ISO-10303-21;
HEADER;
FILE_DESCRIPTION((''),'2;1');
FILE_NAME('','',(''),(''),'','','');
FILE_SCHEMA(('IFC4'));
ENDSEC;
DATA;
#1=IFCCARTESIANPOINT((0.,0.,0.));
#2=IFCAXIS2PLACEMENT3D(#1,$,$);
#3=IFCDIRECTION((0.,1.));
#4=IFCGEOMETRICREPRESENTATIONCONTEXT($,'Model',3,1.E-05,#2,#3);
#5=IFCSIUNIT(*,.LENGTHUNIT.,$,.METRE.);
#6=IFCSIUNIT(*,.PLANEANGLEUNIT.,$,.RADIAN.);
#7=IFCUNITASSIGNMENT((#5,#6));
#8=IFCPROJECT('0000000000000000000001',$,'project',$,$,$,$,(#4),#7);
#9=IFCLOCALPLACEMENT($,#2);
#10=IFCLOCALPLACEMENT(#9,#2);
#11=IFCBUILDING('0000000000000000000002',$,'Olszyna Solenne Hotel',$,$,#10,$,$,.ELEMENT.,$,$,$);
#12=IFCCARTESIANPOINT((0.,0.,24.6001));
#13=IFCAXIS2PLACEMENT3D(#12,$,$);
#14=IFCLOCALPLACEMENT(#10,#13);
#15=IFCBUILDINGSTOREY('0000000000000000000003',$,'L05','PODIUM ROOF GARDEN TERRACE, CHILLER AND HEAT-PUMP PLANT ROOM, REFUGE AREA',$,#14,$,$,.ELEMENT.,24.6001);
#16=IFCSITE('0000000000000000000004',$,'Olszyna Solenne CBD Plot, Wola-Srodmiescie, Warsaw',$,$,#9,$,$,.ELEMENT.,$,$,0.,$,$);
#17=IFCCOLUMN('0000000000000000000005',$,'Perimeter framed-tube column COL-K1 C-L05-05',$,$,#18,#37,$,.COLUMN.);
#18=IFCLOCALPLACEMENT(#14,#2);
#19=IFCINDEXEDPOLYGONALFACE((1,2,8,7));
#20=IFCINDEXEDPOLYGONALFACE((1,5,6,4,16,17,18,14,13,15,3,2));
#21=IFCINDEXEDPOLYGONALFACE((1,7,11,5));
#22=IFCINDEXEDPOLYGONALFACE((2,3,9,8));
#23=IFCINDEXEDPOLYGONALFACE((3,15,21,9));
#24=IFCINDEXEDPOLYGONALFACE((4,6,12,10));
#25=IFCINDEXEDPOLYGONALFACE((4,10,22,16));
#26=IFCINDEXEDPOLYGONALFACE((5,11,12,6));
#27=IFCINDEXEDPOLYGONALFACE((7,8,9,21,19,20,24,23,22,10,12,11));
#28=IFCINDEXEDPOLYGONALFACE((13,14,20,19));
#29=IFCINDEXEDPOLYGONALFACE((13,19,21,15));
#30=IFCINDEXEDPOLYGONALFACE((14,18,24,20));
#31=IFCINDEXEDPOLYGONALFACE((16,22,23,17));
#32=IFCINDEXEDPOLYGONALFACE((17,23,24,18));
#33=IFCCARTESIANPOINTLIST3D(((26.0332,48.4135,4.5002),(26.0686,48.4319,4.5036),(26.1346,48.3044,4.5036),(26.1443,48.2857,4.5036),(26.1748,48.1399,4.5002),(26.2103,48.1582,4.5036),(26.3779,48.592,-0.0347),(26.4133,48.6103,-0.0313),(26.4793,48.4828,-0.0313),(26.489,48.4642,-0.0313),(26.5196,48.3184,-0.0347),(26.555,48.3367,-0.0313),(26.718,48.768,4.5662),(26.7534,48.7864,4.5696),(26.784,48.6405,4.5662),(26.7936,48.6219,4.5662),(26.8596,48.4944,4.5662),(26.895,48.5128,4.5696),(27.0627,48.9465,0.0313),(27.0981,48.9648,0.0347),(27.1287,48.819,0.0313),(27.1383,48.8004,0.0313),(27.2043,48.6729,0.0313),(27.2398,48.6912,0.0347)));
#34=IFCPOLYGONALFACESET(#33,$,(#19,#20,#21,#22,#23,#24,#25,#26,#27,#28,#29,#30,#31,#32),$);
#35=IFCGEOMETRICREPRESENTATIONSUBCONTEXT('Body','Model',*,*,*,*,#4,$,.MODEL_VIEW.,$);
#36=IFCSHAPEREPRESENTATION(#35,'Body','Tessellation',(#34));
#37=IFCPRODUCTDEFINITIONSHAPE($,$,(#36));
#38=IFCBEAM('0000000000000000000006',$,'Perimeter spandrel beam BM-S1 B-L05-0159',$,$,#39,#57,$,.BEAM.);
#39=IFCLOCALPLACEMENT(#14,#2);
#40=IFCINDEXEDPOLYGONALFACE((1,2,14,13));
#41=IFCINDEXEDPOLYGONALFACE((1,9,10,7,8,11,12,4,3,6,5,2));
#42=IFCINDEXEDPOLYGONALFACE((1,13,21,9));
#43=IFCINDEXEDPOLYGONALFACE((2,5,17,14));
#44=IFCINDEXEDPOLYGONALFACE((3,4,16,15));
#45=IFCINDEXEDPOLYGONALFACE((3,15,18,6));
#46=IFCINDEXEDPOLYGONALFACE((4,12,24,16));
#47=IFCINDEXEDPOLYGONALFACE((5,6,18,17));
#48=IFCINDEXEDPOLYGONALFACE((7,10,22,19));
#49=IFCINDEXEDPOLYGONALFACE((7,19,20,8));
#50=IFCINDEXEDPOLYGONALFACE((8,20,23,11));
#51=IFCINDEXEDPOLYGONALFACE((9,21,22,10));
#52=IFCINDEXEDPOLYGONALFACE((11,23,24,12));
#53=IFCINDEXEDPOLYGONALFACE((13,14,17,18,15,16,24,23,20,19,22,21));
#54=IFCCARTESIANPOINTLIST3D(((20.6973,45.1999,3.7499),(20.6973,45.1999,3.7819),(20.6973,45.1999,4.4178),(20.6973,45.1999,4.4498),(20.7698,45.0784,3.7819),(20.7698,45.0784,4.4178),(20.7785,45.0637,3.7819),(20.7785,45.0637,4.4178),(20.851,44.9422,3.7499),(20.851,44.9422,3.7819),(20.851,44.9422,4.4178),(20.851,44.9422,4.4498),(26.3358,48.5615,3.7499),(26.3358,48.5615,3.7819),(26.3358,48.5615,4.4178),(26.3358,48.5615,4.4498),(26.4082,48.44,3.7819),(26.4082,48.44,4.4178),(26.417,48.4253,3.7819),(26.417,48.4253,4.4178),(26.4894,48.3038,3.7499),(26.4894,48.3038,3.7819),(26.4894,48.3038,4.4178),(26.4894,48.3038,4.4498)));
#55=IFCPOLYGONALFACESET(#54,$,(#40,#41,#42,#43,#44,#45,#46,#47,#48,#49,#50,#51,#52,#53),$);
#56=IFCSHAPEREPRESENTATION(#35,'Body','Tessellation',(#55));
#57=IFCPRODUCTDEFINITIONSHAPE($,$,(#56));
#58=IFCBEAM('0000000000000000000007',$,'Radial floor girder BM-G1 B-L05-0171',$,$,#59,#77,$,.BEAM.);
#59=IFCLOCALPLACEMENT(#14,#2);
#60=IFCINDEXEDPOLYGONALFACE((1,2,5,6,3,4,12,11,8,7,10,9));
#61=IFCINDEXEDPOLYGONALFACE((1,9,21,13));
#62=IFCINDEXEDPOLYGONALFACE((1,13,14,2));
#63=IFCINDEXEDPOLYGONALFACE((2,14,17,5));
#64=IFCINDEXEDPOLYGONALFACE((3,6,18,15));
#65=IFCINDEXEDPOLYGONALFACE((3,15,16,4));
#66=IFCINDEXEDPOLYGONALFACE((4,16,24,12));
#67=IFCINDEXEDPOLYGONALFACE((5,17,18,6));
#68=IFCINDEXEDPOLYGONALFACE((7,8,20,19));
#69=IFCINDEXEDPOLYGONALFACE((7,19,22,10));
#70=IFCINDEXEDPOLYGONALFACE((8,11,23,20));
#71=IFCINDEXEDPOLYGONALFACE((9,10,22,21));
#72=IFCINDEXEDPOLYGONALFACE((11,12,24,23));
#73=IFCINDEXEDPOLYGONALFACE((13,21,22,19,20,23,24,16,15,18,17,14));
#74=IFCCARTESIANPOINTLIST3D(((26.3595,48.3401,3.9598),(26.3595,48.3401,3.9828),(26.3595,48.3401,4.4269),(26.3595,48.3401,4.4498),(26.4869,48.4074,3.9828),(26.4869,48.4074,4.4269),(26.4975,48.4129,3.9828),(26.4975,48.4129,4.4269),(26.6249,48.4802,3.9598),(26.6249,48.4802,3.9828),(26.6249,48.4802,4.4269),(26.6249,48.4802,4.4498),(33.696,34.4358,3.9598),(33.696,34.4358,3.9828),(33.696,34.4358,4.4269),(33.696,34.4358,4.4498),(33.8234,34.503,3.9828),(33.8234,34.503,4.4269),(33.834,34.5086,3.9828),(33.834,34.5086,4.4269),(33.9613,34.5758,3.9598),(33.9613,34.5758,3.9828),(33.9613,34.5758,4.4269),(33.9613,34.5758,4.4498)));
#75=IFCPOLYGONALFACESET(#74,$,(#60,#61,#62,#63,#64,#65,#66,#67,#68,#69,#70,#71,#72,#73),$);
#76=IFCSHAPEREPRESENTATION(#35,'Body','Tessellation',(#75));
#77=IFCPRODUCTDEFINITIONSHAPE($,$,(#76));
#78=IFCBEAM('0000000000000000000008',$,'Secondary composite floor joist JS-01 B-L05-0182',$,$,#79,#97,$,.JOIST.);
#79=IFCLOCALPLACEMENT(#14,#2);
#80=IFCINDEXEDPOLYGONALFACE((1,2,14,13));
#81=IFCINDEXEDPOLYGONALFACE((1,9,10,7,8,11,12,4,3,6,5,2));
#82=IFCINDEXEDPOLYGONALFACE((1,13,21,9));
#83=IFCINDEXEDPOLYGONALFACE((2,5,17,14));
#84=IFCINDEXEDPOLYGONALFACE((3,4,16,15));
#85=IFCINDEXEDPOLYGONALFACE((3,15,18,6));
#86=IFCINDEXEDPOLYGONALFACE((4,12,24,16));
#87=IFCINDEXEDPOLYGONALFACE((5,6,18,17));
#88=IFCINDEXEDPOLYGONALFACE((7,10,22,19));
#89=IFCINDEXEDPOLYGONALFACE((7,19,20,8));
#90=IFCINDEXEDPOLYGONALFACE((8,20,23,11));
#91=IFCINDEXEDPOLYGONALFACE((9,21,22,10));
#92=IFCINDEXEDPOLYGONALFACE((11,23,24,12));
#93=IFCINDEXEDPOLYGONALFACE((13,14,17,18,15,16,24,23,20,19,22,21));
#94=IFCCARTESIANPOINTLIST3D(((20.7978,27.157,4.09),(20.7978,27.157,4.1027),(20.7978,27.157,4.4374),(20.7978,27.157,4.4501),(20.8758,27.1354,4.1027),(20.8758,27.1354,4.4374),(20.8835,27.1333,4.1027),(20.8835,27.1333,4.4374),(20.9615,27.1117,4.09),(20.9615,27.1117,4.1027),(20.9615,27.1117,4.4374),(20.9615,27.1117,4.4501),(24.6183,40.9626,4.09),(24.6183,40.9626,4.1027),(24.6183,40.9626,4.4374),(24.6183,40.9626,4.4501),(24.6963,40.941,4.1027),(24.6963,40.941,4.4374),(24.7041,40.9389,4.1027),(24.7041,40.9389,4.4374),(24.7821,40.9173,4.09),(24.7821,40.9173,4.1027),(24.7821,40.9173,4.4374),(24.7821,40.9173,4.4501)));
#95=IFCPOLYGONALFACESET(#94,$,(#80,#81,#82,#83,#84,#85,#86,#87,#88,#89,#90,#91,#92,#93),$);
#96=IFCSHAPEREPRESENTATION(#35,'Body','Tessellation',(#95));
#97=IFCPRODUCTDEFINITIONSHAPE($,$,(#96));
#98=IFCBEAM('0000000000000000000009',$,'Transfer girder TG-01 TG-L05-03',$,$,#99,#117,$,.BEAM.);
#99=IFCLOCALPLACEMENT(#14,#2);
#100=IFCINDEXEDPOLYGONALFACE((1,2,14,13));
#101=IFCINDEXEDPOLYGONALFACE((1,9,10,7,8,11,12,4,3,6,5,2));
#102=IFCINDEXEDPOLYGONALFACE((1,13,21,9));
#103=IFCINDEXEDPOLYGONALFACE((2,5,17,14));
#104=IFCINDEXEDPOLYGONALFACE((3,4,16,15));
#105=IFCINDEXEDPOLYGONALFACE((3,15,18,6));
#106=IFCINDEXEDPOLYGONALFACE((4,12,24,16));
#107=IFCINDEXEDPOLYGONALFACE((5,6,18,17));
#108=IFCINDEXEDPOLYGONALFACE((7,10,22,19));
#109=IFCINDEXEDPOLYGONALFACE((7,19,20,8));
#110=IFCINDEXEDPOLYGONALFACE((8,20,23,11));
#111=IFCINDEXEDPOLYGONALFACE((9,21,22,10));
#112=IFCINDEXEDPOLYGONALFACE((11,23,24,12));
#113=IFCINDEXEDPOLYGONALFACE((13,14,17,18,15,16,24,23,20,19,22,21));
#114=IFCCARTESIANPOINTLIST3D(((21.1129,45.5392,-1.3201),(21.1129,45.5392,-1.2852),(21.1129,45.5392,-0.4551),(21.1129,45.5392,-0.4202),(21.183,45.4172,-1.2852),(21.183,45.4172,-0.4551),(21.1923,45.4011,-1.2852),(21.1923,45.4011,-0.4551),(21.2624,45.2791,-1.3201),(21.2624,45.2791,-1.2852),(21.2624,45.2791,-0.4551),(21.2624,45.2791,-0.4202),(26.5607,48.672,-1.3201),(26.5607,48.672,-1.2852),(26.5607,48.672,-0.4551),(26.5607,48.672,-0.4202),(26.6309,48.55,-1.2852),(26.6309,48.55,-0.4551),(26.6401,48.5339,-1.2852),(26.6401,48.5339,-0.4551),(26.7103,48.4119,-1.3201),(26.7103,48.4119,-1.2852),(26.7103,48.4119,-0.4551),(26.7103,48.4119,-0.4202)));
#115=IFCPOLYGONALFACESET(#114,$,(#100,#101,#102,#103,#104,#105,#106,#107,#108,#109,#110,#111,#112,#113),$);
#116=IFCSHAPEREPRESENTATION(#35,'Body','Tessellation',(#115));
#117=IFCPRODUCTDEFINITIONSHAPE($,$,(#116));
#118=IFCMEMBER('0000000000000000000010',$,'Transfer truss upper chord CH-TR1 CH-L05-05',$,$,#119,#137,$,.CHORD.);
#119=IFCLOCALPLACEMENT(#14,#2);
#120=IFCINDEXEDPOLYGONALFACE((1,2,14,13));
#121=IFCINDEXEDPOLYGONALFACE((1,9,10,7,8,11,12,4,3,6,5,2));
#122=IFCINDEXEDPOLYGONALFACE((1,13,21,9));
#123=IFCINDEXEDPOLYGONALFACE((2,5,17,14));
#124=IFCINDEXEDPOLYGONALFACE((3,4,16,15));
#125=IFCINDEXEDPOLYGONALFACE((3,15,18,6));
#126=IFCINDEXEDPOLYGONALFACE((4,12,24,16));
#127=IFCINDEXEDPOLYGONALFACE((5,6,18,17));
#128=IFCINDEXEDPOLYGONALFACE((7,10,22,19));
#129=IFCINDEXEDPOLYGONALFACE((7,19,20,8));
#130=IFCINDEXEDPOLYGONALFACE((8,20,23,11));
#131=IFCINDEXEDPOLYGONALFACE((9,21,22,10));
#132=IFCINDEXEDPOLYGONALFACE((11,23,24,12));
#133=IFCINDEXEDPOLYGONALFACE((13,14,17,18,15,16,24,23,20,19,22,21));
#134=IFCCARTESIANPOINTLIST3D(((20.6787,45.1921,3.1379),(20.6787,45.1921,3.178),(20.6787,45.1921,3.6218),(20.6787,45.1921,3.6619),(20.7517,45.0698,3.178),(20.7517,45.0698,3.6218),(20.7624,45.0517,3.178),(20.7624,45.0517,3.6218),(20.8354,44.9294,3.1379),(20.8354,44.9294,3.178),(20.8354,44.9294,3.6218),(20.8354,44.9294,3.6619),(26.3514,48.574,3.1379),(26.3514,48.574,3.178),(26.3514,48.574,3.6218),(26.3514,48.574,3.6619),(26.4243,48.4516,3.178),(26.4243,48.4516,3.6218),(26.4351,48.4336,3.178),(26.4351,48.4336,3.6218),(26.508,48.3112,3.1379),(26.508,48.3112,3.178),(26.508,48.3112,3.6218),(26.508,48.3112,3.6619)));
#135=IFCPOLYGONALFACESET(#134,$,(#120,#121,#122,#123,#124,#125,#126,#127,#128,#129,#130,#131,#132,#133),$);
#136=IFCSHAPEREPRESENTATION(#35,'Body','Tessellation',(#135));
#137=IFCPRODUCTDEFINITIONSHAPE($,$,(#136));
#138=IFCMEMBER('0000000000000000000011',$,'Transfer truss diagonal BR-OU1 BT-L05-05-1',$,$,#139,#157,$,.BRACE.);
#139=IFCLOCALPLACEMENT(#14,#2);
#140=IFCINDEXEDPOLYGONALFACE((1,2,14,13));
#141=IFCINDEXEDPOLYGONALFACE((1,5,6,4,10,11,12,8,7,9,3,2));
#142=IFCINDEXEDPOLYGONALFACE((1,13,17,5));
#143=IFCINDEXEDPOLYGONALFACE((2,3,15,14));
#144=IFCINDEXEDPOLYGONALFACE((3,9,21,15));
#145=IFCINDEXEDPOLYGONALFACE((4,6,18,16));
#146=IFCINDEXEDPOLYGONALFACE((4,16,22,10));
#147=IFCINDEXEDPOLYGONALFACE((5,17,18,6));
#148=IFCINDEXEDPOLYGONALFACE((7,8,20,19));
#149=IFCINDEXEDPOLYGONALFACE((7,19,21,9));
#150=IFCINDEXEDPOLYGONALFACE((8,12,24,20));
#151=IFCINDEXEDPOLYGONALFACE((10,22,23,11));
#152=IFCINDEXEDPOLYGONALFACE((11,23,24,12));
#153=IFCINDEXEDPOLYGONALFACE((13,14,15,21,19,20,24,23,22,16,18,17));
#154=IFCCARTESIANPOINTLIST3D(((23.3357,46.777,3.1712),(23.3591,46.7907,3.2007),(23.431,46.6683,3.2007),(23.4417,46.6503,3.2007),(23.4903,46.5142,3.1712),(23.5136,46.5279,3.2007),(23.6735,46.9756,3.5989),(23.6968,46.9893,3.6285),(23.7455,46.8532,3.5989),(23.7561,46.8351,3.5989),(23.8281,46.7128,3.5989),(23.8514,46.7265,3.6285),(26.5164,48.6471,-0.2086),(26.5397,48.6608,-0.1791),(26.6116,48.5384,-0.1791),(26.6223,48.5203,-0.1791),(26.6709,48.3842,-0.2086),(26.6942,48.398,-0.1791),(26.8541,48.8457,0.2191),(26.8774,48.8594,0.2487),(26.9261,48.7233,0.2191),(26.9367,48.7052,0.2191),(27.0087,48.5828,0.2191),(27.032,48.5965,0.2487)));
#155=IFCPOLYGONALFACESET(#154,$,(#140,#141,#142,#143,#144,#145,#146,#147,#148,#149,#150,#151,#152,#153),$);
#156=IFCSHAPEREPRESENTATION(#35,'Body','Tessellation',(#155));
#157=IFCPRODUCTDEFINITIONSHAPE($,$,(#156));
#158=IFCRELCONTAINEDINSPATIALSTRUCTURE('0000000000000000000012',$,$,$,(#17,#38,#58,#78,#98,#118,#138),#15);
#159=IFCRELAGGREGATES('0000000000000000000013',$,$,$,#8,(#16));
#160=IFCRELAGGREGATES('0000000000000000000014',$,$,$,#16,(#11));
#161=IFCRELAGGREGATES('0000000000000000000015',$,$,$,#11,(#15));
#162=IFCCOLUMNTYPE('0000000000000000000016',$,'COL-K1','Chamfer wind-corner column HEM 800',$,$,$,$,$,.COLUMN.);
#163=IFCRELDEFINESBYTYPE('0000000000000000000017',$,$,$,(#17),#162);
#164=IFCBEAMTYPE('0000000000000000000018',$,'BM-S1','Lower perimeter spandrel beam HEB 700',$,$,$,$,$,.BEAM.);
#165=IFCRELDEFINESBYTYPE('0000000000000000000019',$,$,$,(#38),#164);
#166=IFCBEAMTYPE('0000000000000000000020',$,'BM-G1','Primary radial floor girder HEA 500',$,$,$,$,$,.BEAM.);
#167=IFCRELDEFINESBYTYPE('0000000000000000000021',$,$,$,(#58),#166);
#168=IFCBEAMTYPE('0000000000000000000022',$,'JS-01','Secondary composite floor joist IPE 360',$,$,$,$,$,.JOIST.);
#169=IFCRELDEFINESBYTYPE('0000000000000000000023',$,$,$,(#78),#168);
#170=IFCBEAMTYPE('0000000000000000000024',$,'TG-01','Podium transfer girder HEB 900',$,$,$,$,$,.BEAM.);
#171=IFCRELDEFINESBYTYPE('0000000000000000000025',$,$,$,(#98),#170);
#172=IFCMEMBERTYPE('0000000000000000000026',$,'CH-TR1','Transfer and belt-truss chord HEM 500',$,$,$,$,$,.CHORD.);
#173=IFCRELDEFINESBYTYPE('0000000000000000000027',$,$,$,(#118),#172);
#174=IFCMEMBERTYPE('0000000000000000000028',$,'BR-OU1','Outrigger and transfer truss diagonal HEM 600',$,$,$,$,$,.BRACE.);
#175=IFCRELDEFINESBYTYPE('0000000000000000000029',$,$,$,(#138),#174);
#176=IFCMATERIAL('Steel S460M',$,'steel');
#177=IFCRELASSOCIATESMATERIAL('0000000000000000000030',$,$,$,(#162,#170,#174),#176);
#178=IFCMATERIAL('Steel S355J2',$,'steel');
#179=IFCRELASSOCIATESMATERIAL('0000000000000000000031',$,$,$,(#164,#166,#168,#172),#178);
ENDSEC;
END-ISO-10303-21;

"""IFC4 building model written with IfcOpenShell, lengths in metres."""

from ifc_helpers import new_model, si_unit, direction, frame, origin, origin_2d, place, context, subcontext, project, spatial, i_section, extrude, source, transform, mapped, material, material_profile, profile_set, type_object, element, save


model = new_model("IFC4")

# Units and contexts
model_context = context("Model", 3, precision=1e-05, world=origin(), true_north=direction((0.0, 1.0)))
body_context = subcontext(model_context, "Body", "Model", "MODEL_VIEW")
ifc_project = project(units=[si_unit("LENGTHUNIT", "METRE"), si_unit("PLANEANGLEUNIT", "RADIAN")], contexts=[model_context])

# Site, building, storey
site_placement = place(None, origin())
site = spatial("IfcSite", under=ifc_project, at=site_placement, Name="Olszyna Solenne CBD Plot, Wola-Srodmiescie, Warsaw", CompositionType="ELEMENT", RefElevation=0.0)
building_placement = place(site_placement, origin())
building = spatial("IfcBuilding", under=site, at=building_placement, Name="Olszyna Solenne Hotel", CompositionType="ELEMENT")
storey_placement = place(building_placement, frame((0.0, 0.0, 24.6001)))
storey = spatial("IfcBuildingStorey", under=building, at=storey_placement, Name="L05", Description="PODIUM ROOF GARDEN TERRACE, CHILLER AND HEAT-PUMP PLANT ROOM, REFUGE AREA", CompositionType="ELEMENT", Elevation=24.6001)

# Column
ifc_material_1 = material(Name="Steel S460M", Category="steel")
ifc_material_profile_1 = material_profile(ifc_material_1, i_section(OverallWidth=0.3081, OverallDepth=0.814, WebThickness=0.021, FlangeThickness=0.04, at=origin_2d()), Name="HEM 800", Category="load-bearing")
ifc_profile_set_1 = profile_set([ifc_material_profile_1], Name="Steel S460M")
column_type = type_object("IfcColumnType", Name="COL-K1", Description="Chamfer wind-corner column HEM 800", PredefinedType="COLUMN", material=ifc_profile_set_1)
shared_shape_1 = source(origin(), body_context, "Body", "SweptSolid", [
    extrude(i_section(OverallWidth=0.3081, OverallDepth=0.814, WebThickness=0.021, FlangeThickness=0.04, at=origin_2d()), origin(), (0.0, 0.0, 1.0), 4.5515),
])
column_placement = place(storey_placement, frame((26.8088, 48.6416, 0.0), z_axis=(-0.075739, -0.039211, 0.996356), x_axis=(0.459748, -0.888049, 0.0)))
element("IfcColumn", 1, at=column_placement, inside=storey, type_object=column_type, Name="Perimeter framed-tube column COL-K1 C-L05-05", PredefinedType="COLUMN", context=body_context, shape_type="MappedRepresentation", body=[
    mapped(shared_shape_1, transform((0.0, 0.0, 0.0), x_axis=(1.0, 0.0, 0.0), y_axis=(0.0, 1.0, 0.0), z_axis=(0.0, 0.0, 1.0), scale=1.0)),
])

# Beams
ifc_material_2 = material(Name="Steel S355J2", Category="steel")
ifc_material_profile_2 = material_profile(ifc_material_2, i_section(OverallWidth=0.3, OverallDepth=0.7, WebThickness=0.0171, FlangeThickness=0.032, at=origin_2d()), Name="HEB 700", Category="load-bearing")
ifc_profile_set_2 = profile_set([ifc_material_profile_2], Name="Steel S355J2")
beam_type_1 = type_object("IfcBeamType", Name="BM-S1", Description="Lower perimeter spandrel beam HEB 700", PredefinedType="BEAM", material=ifc_profile_set_2)
shared_shape_2 = source(origin(), body_context, "Body", "SweptSolid", [
    extrude(i_section(OverallWidth=0.3, OverallDepth=0.7, WebThickness=0.0171, FlangeThickness=0.032, at=origin_2d()), origin(), (0.0, 0.0, 1.0), 6.5645),
])
beam_1_placement = place(storey_placement, frame((26.4126, 48.4326, 4.0999), z_axis=(-0.858933, -0.512087, 0.0), x_axis=(0.512087, -0.858933, 0.0)))
element("IfcBeam", 2, at=beam_1_placement, inside=storey, type_object=beam_type_1, Name="Perimeter spandrel beam BM-S1 B-L05-0159", PredefinedType="BEAM", context=body_context, shape_type="MappedRepresentation", body=[
    mapped(shared_shape_2, transform((0.0, 0.0, 0.0), x_axis=(1.0, 0.0, 0.0), y_axis=(0.0, 1.0, 0.0), z_axis=(0.0, 0.0, 1.0), scale=1.0)),
])
ifc_material_profile_3 = material_profile(ifc_material_2, i_section(OverallWidth=0.3, OverallDepth=0.49, WebThickness=0.012, FlangeThickness=0.0229, at=origin_2d()), Name="HEA 500", Category="load-bearing")
ifc_profile_set_3 = profile_set([ifc_material_profile_3], Name="Steel S355J2")
beam_type_2 = type_object("IfcBeamType", Name="BM-G1", Description="Primary radial floor girder HEA 500", PredefinedType="BEAM", material=ifc_profile_set_3)
shared_shape_3 = source(origin(), body_context, "Body", "SweptSolid", [
    extrude(i_section(OverallWidth=0.3, OverallDepth=0.49, WebThickness=0.012, FlangeThickness=0.0229, at=origin_2d()), origin(), (0.0, 0.0, 1.0), 15.7212),
])
beam_2_placement = place(storey_placement, frame((26.4922, 48.4102, 4.2048), z_axis=(0.466661, -0.884436, 0.0), x_axis=(0.884436, 0.466661, 0.0)))
element("IfcBeam", 3, at=beam_2_placement, inside=storey, type_object=beam_type_2, Name="Radial floor girder BM-G1 B-L05-0171", PredefinedType="BEAM", context=body_context, shape_type="MappedRepresentation", body=[
    mapped(shared_shape_3, transform((0.0, 0.0, 0.0), x_axis=(1.0, 0.0, 0.0), y_axis=(0.0, 1.0, 0.0), z_axis=(0.0, 0.0, 1.0), scale=1.0)),
])
ifc_material_profile_4 = material_profile(ifc_material_2, i_section(OverallWidth=0.1699, OverallDepth=0.3601, WebThickness=0.0081, FlangeThickness=0.0127, at=origin_2d()), Name="IPE 360", Category="load-bearing")
ifc_profile_set_4 = profile_set([ifc_material_profile_4], Name="Steel S355J2")
beam_type_3 = type_object("IfcBeamType", Name="JS-01", Description="Secondary composite floor joist IPE 360", PredefinedType="JOIST", material=ifc_profile_set_4)
shared_shape_4 = source(origin(), body_context, "Body", "SweptSolid", [
    extrude(i_section(OverallWidth=0.1699, OverallDepth=0.3601, WebThickness=0.0081, FlangeThickness=0.0127, at=origin_2d()), origin(), (0.0, 0.0, 1.0), 14.3245),
])
beam_3_placement = place(storey_placement, frame((24.7002, 40.9399, 4.27), z_axis=(-0.266714, -0.963776, 0.0), x_axis=(0.963776, -0.266714, 0.0)))
element("IfcBeam", 4, at=beam_3_placement, inside=storey, type_object=beam_type_3, Name="Secondary composite floor joist JS-01 B-L05-0182", PredefinedType="JOIST", context=body_context, shape_type="MappedRepresentation", body=[
    mapped(shared_shape_4, transform((0.0, 0.0, 0.0), x_axis=(1.0, 0.0, 0.0), y_axis=(0.0, 1.0, 0.0), z_axis=(0.0, 0.0, 1.0), scale=1.0)),
])
ifc_material_profile_5 = material_profile(ifc_material_1, i_section(OverallWidth=0.3, OverallDepth=0.8999, WebThickness=0.0186, FlangeThickness=0.0349, at=origin_2d()), Name="HEB 900", Category="load-bearing")
ifc_profile_set_5 = profile_set([ifc_material_profile_5], Name="Steel S460M")
beam_type_4 = type_object("IfcBeamType", Name="TG-01", Description="Podium transfer girder HEB 900", PredefinedType="BEAM", material=ifc_profile_set_5)
shared_shape_5 = source(origin(), body_context, "Body", "SweptSolid", [
    extrude(i_section(OverallWidth=0.3, OverallDepth=0.8999, WebThickness=0.0186, FlangeThickness=0.0349, at=origin_2d()), origin(), (0.0, 0.0, 1.0), 6.2844),
])
beam_4_placement = place(storey_placement, frame((26.6355, 48.542, -0.8701), z_axis=(-0.866882, -0.498513, 0.0), x_axis=(0.498513, -0.866882, 0.0)))
element("IfcBeam", 5, at=beam_4_placement, inside=storey, type_object=beam_type_4, Name="Transfer girder TG-01 TG-L05-03", PredefinedType="BEAM", context=body_context, shape_type="MappedRepresentation", body=[
    mapped(shared_shape_5, transform((0.0, 0.0, 0.0), x_axis=(1.0, 0.0, 0.0), y_axis=(0.0, 1.0, 0.0), z_axis=(0.0, 0.0, 1.0), scale=1.0)),
])

# Members
ifc_material_profile_6 = material_profile(ifc_material_2, i_section(OverallWidth=0.3059, OverallDepth=0.5239, WebThickness=0.021, FlangeThickness=0.04, at=origin_2d()), Name="HEM 500", Category="load-bearing")
ifc_profile_set_6 = profile_set([ifc_material_profile_6], Name="Steel S355J2")
member_type_1 = type_object("IfcMemberType", Name="CH-TR1", Description="Transfer and belt-truss chord HEM 500", PredefinedType="CHORD", material=ifc_profile_set_6)
shared_shape_6 = source(origin(), body_context, "Body", "SweptSolid", [
    extrude(i_section(OverallWidth=0.3059, OverallDepth=0.5239, WebThickness=0.021, FlangeThickness=0.04, at=origin_2d()), origin(), (0.0, 0.0, 1.0), 6.6042),
])
member_1_placement = place(storey_placement, frame((26.4297, 48.4426, 3.3999), z_axis=(-0.858941, -0.512075, 0.0), x_axis=(0.512075, -0.858941, 0.0)))
element("IfcMember", 6, at=member_1_placement, inside=storey, type_object=member_type_1, Name="Transfer truss upper chord CH-TR1 CH-L05-05", PredefinedType="CHORD", context=body_context, shape_type="MappedRepresentation", body=[
    mapped(shared_shape_6, transform((0.0, 0.0, 0.0), x_axis=(1.0, 0.0, 0.0), y_axis=(0.0, 1.0, 0.0), z_axis=(0.0, 0.0, 1.0), scale=1.0)),
])
ifc_material_profile_7 = material_profile(ifc_material_1, i_section(OverallWidth=0.3049, OverallDepth=0.6201, WebThickness=0.021, FlangeThickness=0.04, at=origin_2d()), Name="HEM 600", Category="load-bearing")
ifc_profile_set_7 = profile_set([ifc_material_profile_7], Name="Steel S460M")
member_type_2 = type_object("IfcMemberType", Name="BR-OU1", Description="Outrigger and transfer truss diagonal HEM 600", PredefinedType="BRACE", material=ifc_profile_set_7)
shared_shape_7 = source(origin(), body_context, "Body", "SweptSolid", [
    extrude(i_section(OverallWidth=0.3049, OverallDepth=0.6201, WebThickness=0.021, FlangeThickness=0.04, at=origin_2d()), origin(), (0.0, 0.0, 1.0), 5.0037),
])
member_2_placement = place(storey_placement, frame((26.7742, 48.6218, 0.02), z_axis=(-0.635655, -0.373743, 0.675469), x_axis=(0.506847, -0.862036, 0.0)))
element("IfcMember", 7, at=member_2_placement, inside=storey, type_object=member_type_2, Name="Transfer truss diagonal BR-OU1 BT-L05-05-1", PredefinedType="BRACE", context=body_context, shape_type="MappedRepresentation", body=[
    mapped(shared_shape_7, transform((0.0, 0.0, 0.0), x_axis=(1.0, 0.0, 0.0), y_axis=(0.0, 1.0, 0.0), z_axis=(0.0, 0.0, 1.0), scale=1.0)),
])

save(model, "model.ifc")
